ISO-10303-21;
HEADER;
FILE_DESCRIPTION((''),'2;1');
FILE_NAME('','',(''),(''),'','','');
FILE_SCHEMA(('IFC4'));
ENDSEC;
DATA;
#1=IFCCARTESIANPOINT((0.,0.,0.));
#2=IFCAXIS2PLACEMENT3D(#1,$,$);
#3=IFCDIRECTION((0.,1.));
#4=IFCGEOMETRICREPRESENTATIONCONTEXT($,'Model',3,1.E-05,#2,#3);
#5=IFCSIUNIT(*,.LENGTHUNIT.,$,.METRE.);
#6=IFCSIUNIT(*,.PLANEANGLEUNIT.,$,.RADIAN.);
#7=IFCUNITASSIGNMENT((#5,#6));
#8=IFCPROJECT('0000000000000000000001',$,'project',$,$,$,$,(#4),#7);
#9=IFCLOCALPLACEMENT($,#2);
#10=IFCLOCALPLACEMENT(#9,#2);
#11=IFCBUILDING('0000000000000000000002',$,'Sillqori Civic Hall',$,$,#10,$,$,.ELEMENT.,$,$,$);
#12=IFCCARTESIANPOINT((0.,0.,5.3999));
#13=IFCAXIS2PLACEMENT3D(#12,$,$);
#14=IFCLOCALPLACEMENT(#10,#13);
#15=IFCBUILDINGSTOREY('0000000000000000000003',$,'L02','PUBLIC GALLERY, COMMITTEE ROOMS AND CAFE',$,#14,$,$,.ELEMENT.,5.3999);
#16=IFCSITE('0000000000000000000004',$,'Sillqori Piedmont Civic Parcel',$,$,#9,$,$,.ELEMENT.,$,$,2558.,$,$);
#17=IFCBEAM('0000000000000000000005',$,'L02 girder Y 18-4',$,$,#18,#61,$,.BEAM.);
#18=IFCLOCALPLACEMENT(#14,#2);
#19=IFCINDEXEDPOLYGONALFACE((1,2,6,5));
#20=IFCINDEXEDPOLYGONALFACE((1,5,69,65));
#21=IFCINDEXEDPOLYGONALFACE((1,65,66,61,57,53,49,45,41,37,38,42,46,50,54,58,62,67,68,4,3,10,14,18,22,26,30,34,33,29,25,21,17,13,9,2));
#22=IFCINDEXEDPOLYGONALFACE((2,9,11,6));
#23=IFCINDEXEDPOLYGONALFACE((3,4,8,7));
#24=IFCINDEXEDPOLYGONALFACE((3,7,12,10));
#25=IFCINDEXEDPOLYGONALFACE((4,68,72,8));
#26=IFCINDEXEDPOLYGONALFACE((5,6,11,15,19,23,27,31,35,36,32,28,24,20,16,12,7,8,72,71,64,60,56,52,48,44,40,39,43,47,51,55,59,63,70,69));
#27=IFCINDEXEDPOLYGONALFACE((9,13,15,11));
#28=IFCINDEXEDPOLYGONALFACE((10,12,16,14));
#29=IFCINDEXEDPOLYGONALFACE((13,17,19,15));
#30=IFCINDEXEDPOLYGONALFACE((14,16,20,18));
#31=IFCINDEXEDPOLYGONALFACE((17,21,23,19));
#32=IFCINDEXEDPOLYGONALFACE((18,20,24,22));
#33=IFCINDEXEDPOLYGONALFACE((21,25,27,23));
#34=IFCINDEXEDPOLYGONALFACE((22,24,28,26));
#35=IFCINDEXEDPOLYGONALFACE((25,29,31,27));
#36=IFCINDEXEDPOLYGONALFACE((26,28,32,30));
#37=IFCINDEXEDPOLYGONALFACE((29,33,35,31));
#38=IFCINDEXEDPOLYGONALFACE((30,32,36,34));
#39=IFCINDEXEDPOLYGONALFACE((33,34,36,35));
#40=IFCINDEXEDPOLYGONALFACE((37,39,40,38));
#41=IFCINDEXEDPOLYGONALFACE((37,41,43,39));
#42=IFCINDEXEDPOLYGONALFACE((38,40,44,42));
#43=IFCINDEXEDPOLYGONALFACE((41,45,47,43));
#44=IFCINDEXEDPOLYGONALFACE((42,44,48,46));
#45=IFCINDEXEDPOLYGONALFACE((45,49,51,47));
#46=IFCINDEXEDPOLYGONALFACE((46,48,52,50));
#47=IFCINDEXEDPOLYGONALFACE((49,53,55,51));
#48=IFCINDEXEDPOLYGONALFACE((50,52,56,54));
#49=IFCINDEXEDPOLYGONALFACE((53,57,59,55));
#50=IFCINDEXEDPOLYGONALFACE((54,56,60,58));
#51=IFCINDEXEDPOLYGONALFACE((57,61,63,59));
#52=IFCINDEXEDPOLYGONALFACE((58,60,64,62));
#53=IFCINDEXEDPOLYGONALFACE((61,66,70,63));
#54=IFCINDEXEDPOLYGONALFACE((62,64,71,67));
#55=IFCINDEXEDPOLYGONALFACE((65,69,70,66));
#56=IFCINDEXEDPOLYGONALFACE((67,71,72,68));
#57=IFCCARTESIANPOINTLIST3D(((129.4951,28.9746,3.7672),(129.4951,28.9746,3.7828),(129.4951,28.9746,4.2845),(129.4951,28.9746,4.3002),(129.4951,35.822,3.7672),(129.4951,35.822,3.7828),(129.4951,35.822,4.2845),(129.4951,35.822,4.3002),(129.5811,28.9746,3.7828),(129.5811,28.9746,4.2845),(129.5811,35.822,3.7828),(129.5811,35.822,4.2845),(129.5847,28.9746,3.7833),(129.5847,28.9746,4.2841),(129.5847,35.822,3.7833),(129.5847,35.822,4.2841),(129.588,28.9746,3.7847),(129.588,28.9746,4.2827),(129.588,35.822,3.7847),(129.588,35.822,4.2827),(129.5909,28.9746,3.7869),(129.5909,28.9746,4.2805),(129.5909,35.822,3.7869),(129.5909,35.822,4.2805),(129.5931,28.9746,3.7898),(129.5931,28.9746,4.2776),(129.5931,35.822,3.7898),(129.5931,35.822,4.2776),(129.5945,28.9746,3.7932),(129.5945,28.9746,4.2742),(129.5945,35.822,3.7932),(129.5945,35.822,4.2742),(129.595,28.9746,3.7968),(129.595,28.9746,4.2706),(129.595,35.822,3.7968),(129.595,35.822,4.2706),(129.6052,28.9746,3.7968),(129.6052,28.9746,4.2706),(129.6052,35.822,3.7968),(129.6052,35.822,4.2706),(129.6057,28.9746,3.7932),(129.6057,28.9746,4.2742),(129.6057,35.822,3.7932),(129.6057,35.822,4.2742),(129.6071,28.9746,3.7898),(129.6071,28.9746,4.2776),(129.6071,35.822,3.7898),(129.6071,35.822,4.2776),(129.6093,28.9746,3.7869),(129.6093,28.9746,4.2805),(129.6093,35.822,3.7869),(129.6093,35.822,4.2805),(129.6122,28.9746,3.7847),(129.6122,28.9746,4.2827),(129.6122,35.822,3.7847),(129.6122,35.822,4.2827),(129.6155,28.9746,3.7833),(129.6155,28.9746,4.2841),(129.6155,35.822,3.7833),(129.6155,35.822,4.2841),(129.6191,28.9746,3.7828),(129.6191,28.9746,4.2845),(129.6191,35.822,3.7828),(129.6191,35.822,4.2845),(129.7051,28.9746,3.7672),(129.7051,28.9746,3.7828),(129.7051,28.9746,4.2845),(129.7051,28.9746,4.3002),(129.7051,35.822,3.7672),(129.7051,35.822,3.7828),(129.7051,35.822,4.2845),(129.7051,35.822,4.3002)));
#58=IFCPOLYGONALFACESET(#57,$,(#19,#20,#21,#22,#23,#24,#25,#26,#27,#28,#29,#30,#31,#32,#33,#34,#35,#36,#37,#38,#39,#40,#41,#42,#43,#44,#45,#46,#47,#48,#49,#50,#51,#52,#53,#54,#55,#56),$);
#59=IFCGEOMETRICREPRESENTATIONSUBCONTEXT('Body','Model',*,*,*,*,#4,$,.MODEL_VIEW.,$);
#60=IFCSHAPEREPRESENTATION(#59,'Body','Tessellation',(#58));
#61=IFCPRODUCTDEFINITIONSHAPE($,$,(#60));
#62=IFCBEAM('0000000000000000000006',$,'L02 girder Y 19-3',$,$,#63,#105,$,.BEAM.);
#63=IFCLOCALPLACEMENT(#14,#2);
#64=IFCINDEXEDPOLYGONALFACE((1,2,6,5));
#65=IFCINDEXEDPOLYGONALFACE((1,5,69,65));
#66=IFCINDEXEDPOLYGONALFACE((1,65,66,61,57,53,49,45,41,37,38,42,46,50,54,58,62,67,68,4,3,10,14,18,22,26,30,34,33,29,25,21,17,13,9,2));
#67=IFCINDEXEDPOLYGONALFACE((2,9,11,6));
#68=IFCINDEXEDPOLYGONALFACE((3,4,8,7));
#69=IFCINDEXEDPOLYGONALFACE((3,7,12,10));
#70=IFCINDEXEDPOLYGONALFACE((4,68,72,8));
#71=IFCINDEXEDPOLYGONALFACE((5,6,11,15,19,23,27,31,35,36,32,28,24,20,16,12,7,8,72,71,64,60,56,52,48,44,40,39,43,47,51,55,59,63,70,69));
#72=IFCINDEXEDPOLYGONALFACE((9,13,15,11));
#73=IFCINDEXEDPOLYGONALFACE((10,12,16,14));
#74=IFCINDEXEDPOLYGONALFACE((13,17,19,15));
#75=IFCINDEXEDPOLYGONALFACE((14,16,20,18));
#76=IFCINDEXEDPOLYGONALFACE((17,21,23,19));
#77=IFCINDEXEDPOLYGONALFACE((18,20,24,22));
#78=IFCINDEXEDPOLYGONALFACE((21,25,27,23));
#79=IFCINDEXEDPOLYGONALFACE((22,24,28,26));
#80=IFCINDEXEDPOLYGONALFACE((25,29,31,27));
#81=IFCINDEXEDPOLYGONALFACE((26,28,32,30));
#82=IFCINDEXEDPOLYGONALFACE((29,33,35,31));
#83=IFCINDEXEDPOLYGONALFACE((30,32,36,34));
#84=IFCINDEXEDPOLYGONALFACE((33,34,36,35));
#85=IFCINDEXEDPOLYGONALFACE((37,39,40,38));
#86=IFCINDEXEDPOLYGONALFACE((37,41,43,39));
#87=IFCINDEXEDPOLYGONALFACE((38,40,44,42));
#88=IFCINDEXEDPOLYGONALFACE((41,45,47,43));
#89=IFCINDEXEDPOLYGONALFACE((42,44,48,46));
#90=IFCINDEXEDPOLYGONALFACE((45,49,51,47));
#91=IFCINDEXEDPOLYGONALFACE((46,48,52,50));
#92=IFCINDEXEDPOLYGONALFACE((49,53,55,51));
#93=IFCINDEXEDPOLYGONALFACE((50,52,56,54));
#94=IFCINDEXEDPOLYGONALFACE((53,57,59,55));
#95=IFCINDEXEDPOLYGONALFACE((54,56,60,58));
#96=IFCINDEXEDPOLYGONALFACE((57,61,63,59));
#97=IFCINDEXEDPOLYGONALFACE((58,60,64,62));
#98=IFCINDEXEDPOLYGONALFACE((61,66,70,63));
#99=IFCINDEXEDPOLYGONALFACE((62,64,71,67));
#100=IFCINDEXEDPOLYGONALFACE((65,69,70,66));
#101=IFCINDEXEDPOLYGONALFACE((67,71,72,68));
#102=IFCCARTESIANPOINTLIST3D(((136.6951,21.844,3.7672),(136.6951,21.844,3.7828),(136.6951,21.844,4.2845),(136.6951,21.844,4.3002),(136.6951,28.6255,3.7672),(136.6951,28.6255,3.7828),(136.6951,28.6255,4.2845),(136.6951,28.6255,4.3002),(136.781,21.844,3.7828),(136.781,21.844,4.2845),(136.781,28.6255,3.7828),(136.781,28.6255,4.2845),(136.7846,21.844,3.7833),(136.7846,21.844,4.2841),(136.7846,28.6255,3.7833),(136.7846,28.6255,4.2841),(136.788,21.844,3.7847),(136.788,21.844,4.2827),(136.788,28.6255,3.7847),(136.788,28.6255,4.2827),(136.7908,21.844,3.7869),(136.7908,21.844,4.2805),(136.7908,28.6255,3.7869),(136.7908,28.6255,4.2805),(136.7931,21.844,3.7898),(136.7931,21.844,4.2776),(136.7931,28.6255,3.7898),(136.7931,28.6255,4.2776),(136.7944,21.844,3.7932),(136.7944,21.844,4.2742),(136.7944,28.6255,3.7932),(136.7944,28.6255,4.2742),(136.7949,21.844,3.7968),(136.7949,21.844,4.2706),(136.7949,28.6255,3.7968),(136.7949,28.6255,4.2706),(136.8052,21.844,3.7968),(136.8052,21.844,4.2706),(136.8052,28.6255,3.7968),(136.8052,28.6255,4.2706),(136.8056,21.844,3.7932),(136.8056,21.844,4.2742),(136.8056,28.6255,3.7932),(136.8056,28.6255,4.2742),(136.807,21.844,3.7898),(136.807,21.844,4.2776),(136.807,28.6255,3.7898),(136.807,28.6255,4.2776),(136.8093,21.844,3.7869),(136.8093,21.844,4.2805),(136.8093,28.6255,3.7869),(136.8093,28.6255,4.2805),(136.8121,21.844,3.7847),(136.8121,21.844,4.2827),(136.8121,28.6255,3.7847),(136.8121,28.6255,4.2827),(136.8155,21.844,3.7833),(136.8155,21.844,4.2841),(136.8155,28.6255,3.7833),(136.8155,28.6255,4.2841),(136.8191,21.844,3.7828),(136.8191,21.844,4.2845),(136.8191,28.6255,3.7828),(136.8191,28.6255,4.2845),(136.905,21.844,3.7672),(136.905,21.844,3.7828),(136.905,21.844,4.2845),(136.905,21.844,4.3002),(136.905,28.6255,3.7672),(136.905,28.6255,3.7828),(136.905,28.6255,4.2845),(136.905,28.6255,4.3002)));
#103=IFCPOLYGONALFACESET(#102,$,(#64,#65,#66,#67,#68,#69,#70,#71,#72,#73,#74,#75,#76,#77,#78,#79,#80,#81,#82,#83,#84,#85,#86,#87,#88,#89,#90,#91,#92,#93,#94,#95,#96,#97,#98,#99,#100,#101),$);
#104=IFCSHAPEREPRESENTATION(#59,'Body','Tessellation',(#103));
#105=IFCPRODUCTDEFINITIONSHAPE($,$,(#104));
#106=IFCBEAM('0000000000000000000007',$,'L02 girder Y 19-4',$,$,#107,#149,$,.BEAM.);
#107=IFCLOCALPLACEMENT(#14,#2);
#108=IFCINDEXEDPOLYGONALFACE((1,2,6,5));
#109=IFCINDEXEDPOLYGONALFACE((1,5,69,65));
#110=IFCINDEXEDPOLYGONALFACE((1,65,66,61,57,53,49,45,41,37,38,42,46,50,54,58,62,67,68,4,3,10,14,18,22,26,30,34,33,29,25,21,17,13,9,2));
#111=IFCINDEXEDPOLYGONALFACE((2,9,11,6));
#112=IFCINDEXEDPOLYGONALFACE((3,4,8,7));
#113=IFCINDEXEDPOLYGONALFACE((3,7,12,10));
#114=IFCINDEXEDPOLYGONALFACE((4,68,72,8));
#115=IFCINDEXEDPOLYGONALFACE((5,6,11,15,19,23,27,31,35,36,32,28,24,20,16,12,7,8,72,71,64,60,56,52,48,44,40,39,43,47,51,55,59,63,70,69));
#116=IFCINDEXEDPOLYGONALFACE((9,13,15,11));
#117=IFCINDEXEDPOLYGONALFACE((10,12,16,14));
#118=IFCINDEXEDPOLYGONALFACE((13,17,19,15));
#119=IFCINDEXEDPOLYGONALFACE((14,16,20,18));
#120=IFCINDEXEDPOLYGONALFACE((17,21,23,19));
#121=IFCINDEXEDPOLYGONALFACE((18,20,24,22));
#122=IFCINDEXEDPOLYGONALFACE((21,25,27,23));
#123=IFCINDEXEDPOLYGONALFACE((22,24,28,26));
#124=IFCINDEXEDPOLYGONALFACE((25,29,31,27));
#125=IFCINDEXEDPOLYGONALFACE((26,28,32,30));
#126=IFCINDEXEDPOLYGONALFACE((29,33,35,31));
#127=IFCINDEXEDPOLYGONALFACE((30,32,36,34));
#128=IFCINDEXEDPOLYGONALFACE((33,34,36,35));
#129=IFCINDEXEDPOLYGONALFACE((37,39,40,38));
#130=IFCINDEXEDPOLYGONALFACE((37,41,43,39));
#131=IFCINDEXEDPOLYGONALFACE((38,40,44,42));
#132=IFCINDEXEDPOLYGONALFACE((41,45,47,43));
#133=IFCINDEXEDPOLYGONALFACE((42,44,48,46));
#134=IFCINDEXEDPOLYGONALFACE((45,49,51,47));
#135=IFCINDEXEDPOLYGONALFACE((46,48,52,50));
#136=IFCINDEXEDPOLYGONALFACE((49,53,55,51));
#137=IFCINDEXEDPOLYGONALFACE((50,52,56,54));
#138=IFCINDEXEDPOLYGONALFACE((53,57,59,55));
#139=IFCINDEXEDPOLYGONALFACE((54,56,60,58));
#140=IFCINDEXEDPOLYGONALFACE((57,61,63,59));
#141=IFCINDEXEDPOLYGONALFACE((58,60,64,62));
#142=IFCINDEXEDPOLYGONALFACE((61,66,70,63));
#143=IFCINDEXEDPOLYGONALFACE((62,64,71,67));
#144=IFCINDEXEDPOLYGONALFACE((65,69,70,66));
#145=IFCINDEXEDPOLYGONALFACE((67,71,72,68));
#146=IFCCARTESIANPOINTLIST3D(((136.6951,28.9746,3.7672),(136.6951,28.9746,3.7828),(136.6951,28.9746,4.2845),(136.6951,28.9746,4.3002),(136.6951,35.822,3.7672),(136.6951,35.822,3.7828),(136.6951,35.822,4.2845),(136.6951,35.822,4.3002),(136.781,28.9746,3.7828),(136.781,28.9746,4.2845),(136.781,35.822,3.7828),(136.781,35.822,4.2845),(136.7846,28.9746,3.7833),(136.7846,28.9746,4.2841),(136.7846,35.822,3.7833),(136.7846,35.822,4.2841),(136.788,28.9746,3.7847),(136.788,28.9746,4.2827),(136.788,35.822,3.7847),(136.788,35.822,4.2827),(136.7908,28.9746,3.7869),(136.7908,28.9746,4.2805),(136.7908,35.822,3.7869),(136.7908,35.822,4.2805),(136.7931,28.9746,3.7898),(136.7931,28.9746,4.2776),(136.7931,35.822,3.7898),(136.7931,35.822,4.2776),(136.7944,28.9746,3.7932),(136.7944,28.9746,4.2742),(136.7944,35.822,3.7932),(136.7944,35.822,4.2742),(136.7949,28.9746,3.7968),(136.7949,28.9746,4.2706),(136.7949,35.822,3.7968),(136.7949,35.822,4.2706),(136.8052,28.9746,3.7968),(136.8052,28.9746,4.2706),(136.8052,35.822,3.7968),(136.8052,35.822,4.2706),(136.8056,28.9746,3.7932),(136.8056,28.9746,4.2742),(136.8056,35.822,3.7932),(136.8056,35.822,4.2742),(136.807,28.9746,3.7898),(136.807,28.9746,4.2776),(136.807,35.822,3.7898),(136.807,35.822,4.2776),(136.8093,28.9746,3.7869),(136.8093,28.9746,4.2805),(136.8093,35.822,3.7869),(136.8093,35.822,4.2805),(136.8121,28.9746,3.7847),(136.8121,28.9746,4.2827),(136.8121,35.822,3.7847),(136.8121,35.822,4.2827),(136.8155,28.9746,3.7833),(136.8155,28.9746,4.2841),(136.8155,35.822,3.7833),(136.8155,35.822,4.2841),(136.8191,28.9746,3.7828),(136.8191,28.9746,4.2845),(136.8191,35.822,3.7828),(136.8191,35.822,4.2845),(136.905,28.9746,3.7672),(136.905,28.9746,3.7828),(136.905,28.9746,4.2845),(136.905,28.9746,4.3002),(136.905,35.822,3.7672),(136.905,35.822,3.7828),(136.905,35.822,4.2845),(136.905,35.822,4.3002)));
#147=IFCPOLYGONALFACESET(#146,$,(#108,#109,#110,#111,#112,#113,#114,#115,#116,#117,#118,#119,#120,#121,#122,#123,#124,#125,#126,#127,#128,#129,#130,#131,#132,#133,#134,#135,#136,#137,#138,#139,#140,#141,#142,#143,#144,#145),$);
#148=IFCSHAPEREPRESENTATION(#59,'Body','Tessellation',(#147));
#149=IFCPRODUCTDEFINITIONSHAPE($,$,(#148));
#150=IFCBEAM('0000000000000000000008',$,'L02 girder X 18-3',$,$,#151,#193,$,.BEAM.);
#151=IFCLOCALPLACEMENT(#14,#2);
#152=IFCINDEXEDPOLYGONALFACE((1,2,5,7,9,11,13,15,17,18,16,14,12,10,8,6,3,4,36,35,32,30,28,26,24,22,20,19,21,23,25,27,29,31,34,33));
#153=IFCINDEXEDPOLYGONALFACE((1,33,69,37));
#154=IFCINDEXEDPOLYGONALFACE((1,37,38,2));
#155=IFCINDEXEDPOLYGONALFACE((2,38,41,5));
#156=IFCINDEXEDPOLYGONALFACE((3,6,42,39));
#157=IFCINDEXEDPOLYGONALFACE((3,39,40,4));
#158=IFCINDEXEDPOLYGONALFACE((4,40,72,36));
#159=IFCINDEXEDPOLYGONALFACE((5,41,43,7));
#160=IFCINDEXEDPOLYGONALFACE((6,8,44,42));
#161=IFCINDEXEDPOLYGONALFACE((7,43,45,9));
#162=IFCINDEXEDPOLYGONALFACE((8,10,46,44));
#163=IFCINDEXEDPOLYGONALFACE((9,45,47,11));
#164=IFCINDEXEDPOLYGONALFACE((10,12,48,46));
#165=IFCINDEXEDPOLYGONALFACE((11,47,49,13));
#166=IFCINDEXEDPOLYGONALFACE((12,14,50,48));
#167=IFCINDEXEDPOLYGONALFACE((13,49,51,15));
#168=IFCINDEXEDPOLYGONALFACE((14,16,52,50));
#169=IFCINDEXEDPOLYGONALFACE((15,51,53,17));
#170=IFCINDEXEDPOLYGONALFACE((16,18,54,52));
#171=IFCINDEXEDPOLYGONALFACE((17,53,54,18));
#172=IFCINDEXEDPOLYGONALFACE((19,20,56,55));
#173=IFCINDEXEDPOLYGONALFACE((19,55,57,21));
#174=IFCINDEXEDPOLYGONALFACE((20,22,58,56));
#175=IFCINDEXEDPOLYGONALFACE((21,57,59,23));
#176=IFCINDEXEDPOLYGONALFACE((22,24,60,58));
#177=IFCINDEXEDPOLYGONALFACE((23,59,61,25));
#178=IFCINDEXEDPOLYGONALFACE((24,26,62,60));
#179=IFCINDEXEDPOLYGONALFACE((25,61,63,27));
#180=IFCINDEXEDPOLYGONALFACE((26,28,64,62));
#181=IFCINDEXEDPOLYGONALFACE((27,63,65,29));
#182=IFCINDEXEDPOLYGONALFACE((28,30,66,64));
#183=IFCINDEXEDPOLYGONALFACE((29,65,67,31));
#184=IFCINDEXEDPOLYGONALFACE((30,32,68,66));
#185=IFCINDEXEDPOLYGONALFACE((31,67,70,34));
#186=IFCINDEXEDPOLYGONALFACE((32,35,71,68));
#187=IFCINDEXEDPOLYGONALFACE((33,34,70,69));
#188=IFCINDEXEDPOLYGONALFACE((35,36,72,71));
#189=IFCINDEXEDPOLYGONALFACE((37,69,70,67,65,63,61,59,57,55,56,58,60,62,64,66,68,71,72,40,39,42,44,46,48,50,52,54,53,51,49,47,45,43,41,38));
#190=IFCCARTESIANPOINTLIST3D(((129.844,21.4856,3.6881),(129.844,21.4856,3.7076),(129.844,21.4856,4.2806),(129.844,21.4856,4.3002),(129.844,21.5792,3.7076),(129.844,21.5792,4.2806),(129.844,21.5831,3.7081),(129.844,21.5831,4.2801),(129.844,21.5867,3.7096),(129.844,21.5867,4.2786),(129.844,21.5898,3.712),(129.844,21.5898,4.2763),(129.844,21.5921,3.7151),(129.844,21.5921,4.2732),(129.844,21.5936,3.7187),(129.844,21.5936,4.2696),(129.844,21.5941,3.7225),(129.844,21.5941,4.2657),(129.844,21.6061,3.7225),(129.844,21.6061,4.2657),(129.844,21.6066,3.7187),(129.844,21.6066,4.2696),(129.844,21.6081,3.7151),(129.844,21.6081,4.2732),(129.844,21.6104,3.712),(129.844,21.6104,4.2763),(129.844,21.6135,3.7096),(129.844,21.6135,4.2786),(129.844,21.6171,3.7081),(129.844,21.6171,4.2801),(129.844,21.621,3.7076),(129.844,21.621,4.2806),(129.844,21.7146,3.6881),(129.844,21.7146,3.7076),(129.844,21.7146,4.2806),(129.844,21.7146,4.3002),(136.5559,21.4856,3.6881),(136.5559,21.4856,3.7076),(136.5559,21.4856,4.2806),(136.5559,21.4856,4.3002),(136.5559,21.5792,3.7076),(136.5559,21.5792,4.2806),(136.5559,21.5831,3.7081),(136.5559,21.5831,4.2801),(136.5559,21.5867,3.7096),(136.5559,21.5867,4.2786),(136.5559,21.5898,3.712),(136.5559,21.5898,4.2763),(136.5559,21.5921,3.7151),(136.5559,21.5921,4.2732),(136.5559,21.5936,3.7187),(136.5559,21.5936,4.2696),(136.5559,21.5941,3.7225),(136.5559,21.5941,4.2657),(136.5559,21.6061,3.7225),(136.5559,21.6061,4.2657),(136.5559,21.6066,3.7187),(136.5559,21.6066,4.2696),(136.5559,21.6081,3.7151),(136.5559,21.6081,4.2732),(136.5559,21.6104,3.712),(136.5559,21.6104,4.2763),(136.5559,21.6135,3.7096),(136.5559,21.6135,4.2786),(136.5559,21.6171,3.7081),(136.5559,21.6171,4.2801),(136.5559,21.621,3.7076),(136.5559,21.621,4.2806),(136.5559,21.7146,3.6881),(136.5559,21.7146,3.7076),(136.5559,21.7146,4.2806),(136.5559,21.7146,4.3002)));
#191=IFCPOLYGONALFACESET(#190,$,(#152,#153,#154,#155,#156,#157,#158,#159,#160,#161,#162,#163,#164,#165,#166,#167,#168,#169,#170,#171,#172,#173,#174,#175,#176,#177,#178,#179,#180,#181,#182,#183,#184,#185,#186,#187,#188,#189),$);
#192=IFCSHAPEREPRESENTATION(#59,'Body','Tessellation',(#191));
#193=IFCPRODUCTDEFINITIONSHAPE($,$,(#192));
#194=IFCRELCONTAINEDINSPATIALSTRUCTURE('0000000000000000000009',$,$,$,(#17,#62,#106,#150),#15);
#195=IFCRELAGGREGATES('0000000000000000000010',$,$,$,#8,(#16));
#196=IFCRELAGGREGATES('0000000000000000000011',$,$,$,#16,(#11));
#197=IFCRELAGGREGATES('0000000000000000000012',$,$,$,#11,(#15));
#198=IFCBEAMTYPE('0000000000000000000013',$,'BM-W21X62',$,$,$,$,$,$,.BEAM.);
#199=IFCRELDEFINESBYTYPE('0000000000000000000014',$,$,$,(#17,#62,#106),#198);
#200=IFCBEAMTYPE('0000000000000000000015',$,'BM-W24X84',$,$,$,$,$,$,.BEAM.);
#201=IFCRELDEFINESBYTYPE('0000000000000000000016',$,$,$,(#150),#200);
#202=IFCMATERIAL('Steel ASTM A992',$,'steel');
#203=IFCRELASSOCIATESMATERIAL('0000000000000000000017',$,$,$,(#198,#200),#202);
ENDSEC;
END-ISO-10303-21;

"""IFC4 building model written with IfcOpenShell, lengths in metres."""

from ifc_helpers import new_model, si_unit, direction, frame, origin, origin_2d, place, context, subcontext, project, spatial, i_section, extrude, material, material_profile, profile_set, type_object, element, save


model = new_model("IFC4")

# Units and contexts
model_context = context("Model", 3, precision=1e-05, world=origin(), true_north=direction((0.0, 1.0)))
body_context = subcontext(model_context, "Body", "Model", "MODEL_VIEW")
ifc_project = project(units=[si_unit("LENGTHUNIT", "METRE"), si_unit("PLANEANGLEUNIT", "RADIAN")], contexts=[model_context])

# Site, building, storey
site_placement = place(None, origin())
site = spatial("IfcSite", under=ifc_project, at=site_placement, Name="Sillqori Piedmont Civic Parcel", CompositionType="ELEMENT", RefElevation=2558.0)
building_placement = place(site_placement, origin())
building = spatial("IfcBuilding", under=site, at=building_placement, Name="Sillqori Civic Hall", CompositionType="ELEMENT")
storey_placement = place(building_placement, frame((0.0, 0.0, 5.3999)))
storey = spatial("IfcBuildingStorey", under=building, at=storey_placement, Name="L02", Description="PUBLIC GALLERY, COMMITTEE ROOMS AND CAFE", CompositionType="ELEMENT", Elevation=5.3999)

# Shared definitions
ifc_material_1 = material(Name="Steel ASTM A992", Category="steel")

# Beams
ifc_material_profile_1 = material_profile(ifc_material_1, i_section(OverallWidth=0.21, OverallDepth=0.533, WebThickness=0.0103, FlangeThickness=0.0156, FilletRadius=0.0139, at=origin_2d()), Name="W21X62")
ifc_profile_set_1 = profile_set([ifc_material_profile_1], Name="Steel ASTM A992")
beam_type_1 = type_object("IfcBeamType", Name="BM-W21X62", PredefinedType="BEAM", material=ifc_profile_set_1)
beam_1_placement = place(storey_placement, frame((129.6001, 28.9746, 4.0337), z_axis=(0.0, 1.0, 0.0), x_axis=(-1.0, 0.0, 0.0)))
element("IfcBeam", 1, at=beam_1_placement, inside=storey, type_object=beam_type_1, Name="L02 girder Y 18-4", PredefinedType="BEAM", context=body_context, shape_type="SweptSolid", body=[
    extrude(i_section(OverallWidth=0.21, OverallDepth=0.533, WebThickness=0.0103, FlangeThickness=0.0156, FilletRadius=0.0139, at=origin_2d()), origin(), (0.0, 0.0, 1.0), 6.8474),
])
beam_2_placement = place(storey_placement, frame((136.8, 21.844, 4.0337), z_axis=(0.0, 1.0, 0.0), x_axis=(-1.0, 0.0, 0.0)))
element("IfcBeam", 2, at=beam_2_placement, inside=storey, type_object=beam_type_1, Name="L02 girder Y 19-3", PredefinedType="BEAM", context=body_context, shape_type="SweptSolid", body=[
    extrude(i_section(OverallWidth=0.21, OverallDepth=0.533, WebThickness=0.0103, FlangeThickness=0.0156, FilletRadius=0.0139, at=origin_2d()), origin(), (0.0, 0.0, 1.0), 6.7815),
])
beam_3_placement = place(storey_placement, frame((136.8, 28.9746, 4.0337), z_axis=(0.0, 1.0, 0.0), x_axis=(-1.0, 0.0, 0.0)))
element("IfcBeam", 3, at=beam_3_placement, inside=storey, type_object=beam_type_1, Name="L02 girder Y 19-4", PredefinedType="BEAM", context=body_context, shape_type="SweptSolid", body=[
    extrude(i_section(OverallWidth=0.21, OverallDepth=0.533, WebThickness=0.0103, FlangeThickness=0.0156, FilletRadius=0.0139, at=origin_2d()), origin(), (0.0, 0.0, 1.0), 6.8474),
])
ifc_material_profile_2 = material_profile(ifc_material_1, i_section(OverallWidth=0.229, OverallDepth=0.6121, WebThickness=0.012, FlangeThickness=0.0195, FilletRadius=0.0149, at=origin_2d()), Name="W24X84")
ifc_profile_set_2 = profile_set([ifc_material_profile_2], Name="Steel ASTM A992")
beam_type_2 = type_object("IfcBeamType", Name="BM-W24X84", PredefinedType="BEAM", material=ifc_profile_set_2)
beam_4_placement = place(storey_placement, frame((129.844, 21.6001, 3.9941), z_axis=(1.0, 0.0, 0.0), x_axis=(0.0, 1.0, 0.0)))
element("IfcBeam", 4, at=beam_4_placement, inside=storey, type_object=beam_type_2, Name="L02 girder X 18-3", PredefinedType="BEAM", context=body_context, shape_type="SweptSolid", body=[
    extrude(i_section(OverallWidth=0.229, OverallDepth=0.6121, WebThickness=0.012, FlangeThickness=0.0195, FilletRadius=0.0149, at=origin_2d()), origin(), (0.0, 0.0, 1.0), 6.7119),
])

save(model, "model.ifc")
